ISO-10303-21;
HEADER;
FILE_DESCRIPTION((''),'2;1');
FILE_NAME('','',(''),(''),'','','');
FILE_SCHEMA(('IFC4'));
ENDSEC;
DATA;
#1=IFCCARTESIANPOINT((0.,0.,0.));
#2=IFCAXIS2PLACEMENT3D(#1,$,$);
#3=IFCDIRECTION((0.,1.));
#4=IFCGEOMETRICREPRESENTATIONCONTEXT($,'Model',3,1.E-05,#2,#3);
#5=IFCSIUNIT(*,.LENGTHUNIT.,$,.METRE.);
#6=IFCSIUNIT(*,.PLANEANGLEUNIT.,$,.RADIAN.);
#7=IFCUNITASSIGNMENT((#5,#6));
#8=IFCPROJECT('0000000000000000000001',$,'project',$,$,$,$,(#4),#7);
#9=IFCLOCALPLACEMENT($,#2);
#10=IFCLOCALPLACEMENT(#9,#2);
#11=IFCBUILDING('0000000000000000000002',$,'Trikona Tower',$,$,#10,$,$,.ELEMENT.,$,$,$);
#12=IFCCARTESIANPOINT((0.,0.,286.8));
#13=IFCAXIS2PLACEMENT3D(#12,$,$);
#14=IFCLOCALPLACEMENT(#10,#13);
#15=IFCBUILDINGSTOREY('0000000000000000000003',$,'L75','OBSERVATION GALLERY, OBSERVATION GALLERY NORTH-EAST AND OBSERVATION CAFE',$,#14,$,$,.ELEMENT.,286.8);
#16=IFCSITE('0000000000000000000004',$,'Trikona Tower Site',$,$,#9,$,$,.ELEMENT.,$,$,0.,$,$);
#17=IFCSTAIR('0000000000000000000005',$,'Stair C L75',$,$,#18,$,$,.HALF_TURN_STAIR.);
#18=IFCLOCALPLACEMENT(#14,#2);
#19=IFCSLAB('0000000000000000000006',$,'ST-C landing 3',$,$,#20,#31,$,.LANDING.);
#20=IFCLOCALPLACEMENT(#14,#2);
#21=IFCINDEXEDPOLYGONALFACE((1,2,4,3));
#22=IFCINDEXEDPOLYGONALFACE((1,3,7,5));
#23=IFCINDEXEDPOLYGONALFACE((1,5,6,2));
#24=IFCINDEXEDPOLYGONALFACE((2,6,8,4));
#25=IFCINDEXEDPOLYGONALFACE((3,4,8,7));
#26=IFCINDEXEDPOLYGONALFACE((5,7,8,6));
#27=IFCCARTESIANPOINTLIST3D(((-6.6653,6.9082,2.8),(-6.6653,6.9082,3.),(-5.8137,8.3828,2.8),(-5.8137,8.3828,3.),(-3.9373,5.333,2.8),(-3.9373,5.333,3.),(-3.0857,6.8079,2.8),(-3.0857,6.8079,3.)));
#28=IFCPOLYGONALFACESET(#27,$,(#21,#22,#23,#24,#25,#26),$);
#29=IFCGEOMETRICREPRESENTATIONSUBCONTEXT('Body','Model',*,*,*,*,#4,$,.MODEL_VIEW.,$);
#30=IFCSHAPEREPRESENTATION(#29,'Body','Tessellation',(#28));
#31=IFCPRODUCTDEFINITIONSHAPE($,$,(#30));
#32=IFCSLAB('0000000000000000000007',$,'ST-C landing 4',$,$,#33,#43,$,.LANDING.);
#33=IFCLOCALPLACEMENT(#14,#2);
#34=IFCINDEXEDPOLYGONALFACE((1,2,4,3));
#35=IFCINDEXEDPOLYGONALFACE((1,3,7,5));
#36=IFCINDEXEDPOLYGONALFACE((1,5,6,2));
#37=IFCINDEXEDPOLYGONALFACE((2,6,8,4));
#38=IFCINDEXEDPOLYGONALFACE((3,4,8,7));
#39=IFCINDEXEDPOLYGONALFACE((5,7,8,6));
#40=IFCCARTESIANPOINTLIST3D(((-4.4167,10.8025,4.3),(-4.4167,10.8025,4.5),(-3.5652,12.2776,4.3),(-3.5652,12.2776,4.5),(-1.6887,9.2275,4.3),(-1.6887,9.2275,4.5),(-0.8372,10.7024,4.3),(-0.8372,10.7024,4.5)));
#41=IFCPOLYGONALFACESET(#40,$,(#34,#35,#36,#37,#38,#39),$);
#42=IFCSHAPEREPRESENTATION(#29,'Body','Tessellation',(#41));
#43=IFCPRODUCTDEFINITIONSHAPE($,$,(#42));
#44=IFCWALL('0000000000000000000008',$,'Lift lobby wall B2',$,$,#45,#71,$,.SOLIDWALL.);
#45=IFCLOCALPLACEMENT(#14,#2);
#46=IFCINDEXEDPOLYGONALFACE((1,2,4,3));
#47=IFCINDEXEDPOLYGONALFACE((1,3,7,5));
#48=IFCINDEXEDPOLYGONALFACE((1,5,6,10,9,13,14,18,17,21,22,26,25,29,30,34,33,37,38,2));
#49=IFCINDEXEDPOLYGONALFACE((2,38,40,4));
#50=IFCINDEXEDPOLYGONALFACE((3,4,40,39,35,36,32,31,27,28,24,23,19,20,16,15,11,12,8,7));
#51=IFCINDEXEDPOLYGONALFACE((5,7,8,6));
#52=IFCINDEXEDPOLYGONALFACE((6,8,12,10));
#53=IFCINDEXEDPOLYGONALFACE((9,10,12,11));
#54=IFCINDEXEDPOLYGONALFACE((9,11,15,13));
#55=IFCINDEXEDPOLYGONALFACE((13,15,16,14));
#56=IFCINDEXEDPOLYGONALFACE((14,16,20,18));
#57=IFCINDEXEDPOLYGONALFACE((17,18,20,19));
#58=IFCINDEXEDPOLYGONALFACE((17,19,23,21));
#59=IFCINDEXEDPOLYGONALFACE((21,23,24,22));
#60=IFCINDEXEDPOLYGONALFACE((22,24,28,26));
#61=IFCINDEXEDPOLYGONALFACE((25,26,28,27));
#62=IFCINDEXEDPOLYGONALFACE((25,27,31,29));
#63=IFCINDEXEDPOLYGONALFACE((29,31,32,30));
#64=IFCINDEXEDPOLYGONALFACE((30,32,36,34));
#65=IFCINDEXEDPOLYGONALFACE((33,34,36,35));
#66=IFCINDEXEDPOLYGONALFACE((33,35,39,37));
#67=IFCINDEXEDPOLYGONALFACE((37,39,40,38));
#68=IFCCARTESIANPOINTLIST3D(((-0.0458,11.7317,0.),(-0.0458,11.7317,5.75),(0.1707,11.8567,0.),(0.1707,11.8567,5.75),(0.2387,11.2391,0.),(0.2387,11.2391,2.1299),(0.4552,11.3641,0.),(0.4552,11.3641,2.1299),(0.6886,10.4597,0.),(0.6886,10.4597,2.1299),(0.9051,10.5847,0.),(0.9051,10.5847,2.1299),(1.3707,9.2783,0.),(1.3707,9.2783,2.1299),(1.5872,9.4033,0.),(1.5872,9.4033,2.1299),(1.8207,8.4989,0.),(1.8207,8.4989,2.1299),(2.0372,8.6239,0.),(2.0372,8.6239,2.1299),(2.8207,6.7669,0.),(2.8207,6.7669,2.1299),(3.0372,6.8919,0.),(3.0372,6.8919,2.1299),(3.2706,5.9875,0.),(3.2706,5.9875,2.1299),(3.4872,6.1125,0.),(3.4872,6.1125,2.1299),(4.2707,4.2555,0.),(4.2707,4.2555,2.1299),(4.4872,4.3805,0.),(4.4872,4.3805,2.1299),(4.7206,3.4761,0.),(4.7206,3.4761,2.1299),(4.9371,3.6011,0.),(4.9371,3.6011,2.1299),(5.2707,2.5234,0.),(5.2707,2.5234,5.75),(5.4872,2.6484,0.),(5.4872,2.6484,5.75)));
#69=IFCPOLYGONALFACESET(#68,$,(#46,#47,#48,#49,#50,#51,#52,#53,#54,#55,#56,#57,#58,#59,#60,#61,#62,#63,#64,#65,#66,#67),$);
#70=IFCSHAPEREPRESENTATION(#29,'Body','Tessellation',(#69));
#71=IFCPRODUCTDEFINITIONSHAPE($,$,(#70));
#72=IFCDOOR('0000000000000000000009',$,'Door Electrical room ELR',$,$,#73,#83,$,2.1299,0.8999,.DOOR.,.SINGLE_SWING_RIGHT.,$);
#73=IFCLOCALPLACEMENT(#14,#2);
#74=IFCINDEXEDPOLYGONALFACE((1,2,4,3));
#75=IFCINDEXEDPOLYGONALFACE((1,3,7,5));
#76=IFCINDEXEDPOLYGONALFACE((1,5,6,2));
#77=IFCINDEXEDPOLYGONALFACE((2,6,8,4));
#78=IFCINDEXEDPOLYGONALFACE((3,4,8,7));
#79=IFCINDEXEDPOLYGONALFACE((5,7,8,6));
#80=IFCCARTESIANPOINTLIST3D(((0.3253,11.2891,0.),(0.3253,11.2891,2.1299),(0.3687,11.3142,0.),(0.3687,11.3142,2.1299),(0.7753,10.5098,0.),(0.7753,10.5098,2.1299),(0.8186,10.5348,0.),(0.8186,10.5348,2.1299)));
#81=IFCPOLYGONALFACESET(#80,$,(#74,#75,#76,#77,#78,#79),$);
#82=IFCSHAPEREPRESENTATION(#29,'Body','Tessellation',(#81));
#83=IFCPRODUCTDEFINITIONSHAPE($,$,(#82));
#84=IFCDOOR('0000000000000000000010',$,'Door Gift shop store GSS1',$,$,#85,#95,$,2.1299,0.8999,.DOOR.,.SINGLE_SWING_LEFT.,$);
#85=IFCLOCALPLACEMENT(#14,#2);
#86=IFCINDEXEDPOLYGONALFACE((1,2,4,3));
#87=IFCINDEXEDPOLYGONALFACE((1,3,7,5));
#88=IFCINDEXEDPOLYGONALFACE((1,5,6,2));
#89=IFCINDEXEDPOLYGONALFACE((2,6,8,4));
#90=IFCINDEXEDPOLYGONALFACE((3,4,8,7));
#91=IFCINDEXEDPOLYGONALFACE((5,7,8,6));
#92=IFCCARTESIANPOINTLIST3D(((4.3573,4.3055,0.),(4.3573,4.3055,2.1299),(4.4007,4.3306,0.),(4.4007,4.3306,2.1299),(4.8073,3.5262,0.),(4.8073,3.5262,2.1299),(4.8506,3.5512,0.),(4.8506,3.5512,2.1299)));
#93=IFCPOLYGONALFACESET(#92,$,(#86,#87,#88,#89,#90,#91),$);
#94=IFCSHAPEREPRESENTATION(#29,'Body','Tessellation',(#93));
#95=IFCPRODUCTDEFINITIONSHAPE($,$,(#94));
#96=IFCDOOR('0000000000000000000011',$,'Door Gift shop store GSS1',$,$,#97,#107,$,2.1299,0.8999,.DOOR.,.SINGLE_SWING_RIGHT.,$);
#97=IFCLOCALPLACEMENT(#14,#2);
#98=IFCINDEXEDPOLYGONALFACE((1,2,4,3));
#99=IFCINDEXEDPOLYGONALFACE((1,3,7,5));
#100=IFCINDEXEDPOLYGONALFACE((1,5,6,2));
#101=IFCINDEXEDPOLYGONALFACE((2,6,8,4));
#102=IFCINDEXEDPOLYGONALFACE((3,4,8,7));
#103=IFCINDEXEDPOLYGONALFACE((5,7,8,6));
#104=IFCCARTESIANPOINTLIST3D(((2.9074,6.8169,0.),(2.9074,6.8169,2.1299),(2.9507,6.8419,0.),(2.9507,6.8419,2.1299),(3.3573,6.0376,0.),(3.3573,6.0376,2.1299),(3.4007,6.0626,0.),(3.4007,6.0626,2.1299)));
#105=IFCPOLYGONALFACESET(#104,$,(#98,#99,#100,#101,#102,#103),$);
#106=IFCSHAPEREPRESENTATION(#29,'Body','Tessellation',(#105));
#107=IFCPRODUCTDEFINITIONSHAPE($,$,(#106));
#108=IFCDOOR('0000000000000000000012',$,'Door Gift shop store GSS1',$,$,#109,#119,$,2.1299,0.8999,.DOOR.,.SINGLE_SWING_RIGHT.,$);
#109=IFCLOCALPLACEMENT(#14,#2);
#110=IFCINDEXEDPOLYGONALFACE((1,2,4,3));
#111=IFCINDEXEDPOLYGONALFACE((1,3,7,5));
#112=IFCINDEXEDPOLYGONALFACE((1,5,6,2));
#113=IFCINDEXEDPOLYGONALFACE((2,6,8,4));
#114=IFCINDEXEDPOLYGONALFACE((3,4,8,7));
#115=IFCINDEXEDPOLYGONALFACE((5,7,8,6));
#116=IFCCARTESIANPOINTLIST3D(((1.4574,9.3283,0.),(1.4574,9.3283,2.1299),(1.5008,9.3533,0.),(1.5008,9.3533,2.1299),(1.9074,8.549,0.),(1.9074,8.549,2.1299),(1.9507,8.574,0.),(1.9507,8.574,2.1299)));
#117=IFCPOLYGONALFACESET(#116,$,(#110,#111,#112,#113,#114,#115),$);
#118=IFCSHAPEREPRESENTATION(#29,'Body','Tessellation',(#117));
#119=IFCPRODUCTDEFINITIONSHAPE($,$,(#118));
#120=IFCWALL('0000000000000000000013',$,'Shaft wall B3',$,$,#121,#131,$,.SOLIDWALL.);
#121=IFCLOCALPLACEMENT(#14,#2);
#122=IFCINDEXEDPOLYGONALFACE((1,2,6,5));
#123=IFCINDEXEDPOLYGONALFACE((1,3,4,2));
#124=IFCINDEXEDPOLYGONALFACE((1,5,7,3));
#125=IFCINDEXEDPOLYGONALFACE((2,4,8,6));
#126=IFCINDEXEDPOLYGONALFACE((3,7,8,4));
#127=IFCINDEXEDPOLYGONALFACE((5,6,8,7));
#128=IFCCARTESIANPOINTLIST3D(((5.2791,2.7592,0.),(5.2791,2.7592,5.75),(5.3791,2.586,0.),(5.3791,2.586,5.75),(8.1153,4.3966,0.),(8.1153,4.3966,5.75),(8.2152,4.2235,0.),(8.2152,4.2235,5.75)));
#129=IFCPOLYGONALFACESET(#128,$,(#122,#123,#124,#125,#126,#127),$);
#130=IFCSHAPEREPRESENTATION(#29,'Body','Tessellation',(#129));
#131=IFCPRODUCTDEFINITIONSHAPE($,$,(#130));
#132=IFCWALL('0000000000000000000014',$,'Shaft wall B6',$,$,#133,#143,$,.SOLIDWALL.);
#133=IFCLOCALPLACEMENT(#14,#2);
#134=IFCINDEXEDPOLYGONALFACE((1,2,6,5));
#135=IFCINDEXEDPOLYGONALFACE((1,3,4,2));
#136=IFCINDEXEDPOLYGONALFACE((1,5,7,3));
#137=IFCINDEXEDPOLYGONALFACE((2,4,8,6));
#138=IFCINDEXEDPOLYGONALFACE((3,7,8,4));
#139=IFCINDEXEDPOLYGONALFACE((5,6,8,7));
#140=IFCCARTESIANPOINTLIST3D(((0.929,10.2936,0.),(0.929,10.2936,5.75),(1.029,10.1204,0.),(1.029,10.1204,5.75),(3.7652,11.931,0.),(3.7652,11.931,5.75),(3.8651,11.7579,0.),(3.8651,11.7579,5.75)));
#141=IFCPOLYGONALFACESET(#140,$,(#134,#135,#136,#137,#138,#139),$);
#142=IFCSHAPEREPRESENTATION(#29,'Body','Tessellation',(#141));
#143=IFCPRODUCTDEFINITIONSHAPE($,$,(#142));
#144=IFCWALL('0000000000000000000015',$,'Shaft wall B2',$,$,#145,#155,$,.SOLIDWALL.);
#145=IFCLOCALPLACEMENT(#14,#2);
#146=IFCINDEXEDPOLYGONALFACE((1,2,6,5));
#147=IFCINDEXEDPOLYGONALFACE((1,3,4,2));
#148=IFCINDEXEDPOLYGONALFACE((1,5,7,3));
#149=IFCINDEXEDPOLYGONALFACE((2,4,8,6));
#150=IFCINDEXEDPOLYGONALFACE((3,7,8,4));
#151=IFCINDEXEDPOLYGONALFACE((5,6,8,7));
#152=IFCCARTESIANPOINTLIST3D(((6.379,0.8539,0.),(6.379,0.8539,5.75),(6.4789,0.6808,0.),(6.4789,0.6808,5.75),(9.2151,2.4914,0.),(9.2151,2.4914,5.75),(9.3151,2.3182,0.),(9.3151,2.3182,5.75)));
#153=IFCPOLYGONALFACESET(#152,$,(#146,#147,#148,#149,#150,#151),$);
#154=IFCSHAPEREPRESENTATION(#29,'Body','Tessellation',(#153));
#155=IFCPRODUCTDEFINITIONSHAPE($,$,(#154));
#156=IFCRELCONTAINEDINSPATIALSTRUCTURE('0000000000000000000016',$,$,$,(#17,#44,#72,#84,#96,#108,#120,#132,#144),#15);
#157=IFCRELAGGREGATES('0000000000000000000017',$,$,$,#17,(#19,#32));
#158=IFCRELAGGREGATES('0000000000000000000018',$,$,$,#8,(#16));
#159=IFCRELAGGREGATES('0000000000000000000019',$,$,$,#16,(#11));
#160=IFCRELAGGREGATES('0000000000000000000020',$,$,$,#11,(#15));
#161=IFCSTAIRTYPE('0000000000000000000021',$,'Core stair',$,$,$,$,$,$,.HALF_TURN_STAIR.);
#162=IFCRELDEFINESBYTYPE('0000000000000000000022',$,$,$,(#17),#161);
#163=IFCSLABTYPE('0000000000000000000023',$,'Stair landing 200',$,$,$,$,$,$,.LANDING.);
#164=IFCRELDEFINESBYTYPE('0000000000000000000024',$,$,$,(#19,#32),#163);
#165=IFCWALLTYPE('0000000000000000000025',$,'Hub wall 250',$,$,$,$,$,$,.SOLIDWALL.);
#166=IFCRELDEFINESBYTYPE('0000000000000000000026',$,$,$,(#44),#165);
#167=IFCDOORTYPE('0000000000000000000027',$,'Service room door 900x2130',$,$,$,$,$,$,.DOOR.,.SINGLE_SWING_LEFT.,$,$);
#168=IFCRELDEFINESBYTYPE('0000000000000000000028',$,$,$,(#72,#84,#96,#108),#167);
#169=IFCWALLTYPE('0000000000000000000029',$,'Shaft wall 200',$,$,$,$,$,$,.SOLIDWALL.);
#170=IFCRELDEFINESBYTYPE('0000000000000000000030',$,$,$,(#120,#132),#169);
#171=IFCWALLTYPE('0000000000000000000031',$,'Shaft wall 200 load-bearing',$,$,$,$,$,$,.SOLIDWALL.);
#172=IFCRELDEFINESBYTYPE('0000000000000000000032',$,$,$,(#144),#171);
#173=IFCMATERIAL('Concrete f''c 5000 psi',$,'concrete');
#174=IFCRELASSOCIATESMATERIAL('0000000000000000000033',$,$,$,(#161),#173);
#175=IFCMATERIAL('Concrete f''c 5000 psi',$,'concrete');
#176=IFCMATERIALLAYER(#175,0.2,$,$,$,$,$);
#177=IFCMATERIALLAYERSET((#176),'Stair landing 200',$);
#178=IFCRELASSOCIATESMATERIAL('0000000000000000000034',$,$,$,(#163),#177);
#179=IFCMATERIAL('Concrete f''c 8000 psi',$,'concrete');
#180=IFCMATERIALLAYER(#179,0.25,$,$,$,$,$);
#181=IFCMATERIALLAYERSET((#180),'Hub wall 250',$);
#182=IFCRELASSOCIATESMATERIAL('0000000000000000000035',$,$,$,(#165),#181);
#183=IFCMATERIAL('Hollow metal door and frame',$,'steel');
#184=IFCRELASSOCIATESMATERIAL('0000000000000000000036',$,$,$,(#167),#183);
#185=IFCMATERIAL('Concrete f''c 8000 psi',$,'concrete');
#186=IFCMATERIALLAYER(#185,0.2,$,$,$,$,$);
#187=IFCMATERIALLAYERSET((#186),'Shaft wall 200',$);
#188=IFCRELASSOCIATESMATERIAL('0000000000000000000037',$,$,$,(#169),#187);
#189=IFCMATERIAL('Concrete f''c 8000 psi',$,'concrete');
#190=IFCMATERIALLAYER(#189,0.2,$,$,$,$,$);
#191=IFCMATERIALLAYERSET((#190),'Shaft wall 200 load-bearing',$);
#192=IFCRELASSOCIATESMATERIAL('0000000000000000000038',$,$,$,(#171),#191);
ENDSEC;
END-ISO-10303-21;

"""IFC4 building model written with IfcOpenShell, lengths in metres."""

from ifc_helpers import new_model, si_unit, direction, frame, frame_2d, origin, place, context, subcontext, project, spatial, polyline, rectangle, outline, extrude, material, layer, layer_set, type_object, element, fill, aggregate, save


model = new_model("IFC4")

# Units and contexts
model_context = context("Model", 3, precision=1e-05, world=origin(), true_north=direction((0.0, 1.0)))
body_context = subcontext(model_context, "Body", "Model", "MODEL_VIEW")
ifc_project = project(units=[si_unit("LENGTHUNIT", "METRE"), si_unit("PLANEANGLEUNIT", "RADIAN")], contexts=[model_context])

# Site, building, storey
site_placement = place(None, origin())
site = spatial("IfcSite", under=ifc_project, at=site_placement, Name="Trikona Tower Site", CompositionType="ELEMENT", RefElevation=0.0)
building_placement = place(site_placement, origin())
building = spatial("IfcBuilding", under=site, at=building_placement, Name="Trikona Tower", CompositionType="ELEMENT")
storey_placement = place(building_placement, frame((0.0, 0.0, 286.8)))
storey = spatial("IfcBuildingStorey", under=building, at=storey_placement, Name="L75", Description="OBSERVATION GALLERY, OBSERVATION GALLERY NORTH-EAST AND OBSERVATION CAFE", CompositionType="ELEMENT", Elevation=286.8)

# Stair, slabs
ifc_material_1 = material(Name="Concrete f'c 5000 psi", Category="concrete")
stair_type = type_object("IfcStairType", Name="Core stair", PredefinedType="HALF_TURN_STAIR", material=ifc_material_1)
ifc_material_2 = material(Name="Concrete f'c 5000 psi", Category="concrete")
ifc_layer_1 = layer(ifc_material_2, 0.2)
ifc_layer_set_1 = layer_set([ifc_layer_1], Name="Stair landing 200")
slab_type_1 = type_object("IfcSlabType", Name="Stair landing 200", PredefinedType="LANDING", material=ifc_layer_set_1)
stair_1_placement = place(storey_placement, origin())
stair_1 = element("IfcStair", 1, at=stair_1_placement, inside=storey, type_object=stair_type, Name="Stair C L75", PredefinedType="HALF_TURN_STAIR")
slab_1_placement = place(storey_placement, frame((0.0, 0.0, 2.8)))
slab_1 = element("IfcSlab", 2, at=slab_1_placement, type_object=slab_type_1, Name="ST-C landing 3", PredefinedType="LANDING", context=body_context, shape_type="SweptSolid", body=[
    extrude(outline(polyline([(-3.0857, 6.8079), (-3.9373, 5.333), (-6.6653, 6.9082), (-5.8137, 8.3828), (-3.0857, 6.8079)])), origin(), (0.0, 0.0, 1.0), 0.2),
])
slab_2_placement = place(storey_placement, frame((0.0, 0.0, 4.3)))
slab_2 = element("IfcSlab", 3, at=slab_2_placement, type_object=slab_type_1, Name="ST-C landing 4", PredefinedType="LANDING", context=body_context, shape_type="SweptSolid", body=[
    extrude(outline(polyline([(-0.8372, 10.7024), (-1.6887, 9.2275), (-4.4167, 10.8025), (-3.5652, 12.2776), (-0.8372, 10.7024)])), origin(), (0.0, 0.0, 1.0), 0.2),
])
aggregate(stair_1, [slab_1, slab_2])

# Wall, openings, doors
ifc_material_3 = material(Name="Concrete f'c 8000 psi", Category="concrete")
ifc_layer_2 = layer(ifc_material_3, 0.25)
ifc_layer_set_2 = layer_set([ifc_layer_2], Name="Hub wall 250")
wall_type_1 = type_object("IfcWallType", Name="Hub wall 250", PredefinedType="SOLIDWALL", material=ifc_layer_set_2)
wall_1_placement = place(storey_placement, frame((5.3789, 2.5859, 0.0), z_axis=(0.0, 0.0, 1.0), x_axis=(-0.500001, 0.866025, 0.0)))
wall_1 = element("IfcWall", 4, at=wall_1_placement, inside=storey, type_object=wall_type_1, Name="Lift lobby wall B2", PredefinedType="SOLIDWALL", context=body_context, shape_type="SweptSolid", body=[
    extrude(rectangle(XDim=10.6328, YDim=0.25, at=frame_2d((5.3164, 0.0))), origin(), (0.0, 0.0, 1.0), 5.75),
])
opening_1_placement = place(wall_1_placement, frame((9.1641, 0.0, 0.0)))
opening_1 = element("IfcOpeningElement", 5, at=opening_1_placement, cuts=wall_1, PredefinedType="OPENING", context=body_context, shape_type="SweptSolid", body=[
    extrude(rectangle(XDim=0.8999, YDim=2.1299, at=frame_2d((0.45, 1.0649))), frame((0.0, 0.135, 0.0), z_axis=(0.0, -1.0, 0.0), x_axis=(1.0, 0.0, 0.0)), (0.0, 0.0, 1.0), 0.27),
])
opening_2_placement = place(wall_1_placement, frame((1.1001, 0.0, 0.0)))
opening_2 = element("IfcOpeningElement", 6, at=opening_2_placement, cuts=wall_1, PredefinedType="OPENING", context=body_context, shape_type="SweptSolid", body=[
    extrude(rectangle(XDim=0.8999, YDim=2.1299, at=frame_2d((0.45, 1.0649))), frame((0.0, 0.135, 0.0), z_axis=(0.0, -1.0, 0.0), x_axis=(1.0, 0.0, 0.0)), (0.0, 0.0, 1.0), 0.27),
])
opening_3_placement = place(wall_1_placement, frame((4.0, 0.0, 0.0)))
opening_3 = element("IfcOpeningElement", 7, at=opening_3_placement, cuts=wall_1, PredefinedType="OPENING", context=body_context, shape_type="SweptSolid", body=[
    extrude(rectangle(XDim=0.8999, YDim=2.1299, at=frame_2d((0.45, 1.0649))), frame((0.0, 0.135, 0.0), z_axis=(0.0, -1.0, 0.0), x_axis=(1.0, 0.0, 0.0)), (0.0, 0.0, 1.0), 0.27),
])
opening_4_placement = place(wall_1_placement, frame((6.8999, 0.0, 0.0)))
opening_4 = element("IfcOpeningElement", 8, at=opening_4_placement, cuts=wall_1, PredefinedType="OPENING", context=body_context, shape_type="SweptSolid", body=[
    extrude(rectangle(XDim=0.8999, YDim=2.1299, at=frame_2d((0.45, 1.0649))), frame((0.0, 0.135, 0.0), z_axis=(0.0, -1.0, 0.0), x_axis=(1.0, 0.0, 0.0)), (0.0, 0.0, 1.0), 0.27),
])
ifc_material_4 = material(Name="Hollow metal door and frame", Category="steel")
door_type = type_object("IfcDoorType", Name="Service room door 900x2130", OperationType="SINGLE_SWING_LEFT", PredefinedType="DOOR", material=ifc_material_4)
door_1_placement = place(opening_1_placement, origin())
door_1 = element("IfcDoor", 9, at=door_1_placement, inside=storey, type_object=door_type, Name="Door Electrical room ELR", OperationType="SINGLE_SWING_RIGHT", OverallHeight=2.1299, OverallWidth=0.8999, PredefinedType="DOOR", context=body_context, shape_type="SweptSolid", body=[
    extrude(rectangle(XDim=0.8999, YDim=2.1299, at=frame_2d((0.45, 1.0649))), frame((0.0, 0.0249, 0.0), z_axis=(0.0, -1.0, 0.0), x_axis=(1.0, 0.0, 0.0)), (0.0, 0.0, 1.0), 0.05),
])
fill(opening_1, door_1)
door_2_placement = place(opening_2_placement, origin())
door_2 = element("IfcDoor", 10, at=door_2_placement, inside=storey, type_object=door_type, Name="Door Gift shop store GSS1", OperationType="SINGLE_SWING_LEFT", OverallHeight=2.1299, OverallWidth=0.8999, PredefinedType="DOOR", context=body_context, shape_type="SweptSolid", body=[
    extrude(rectangle(XDim=0.8999, YDim=2.1299, at=frame_2d((0.45, 1.0649))), frame((0.0, 0.0249, 0.0), z_axis=(0.0, -1.0, 0.0), x_axis=(1.0, 0.0, 0.0)), (0.0, 0.0, 1.0), 0.05),
])
fill(opening_2, door_2)
door_3_placement = place(opening_3_placement, origin())
door_3 = element("IfcDoor", 11, at=door_3_placement, inside=storey, type_object=door_type, Name="Door Gift shop store GSS1", OperationType="SINGLE_SWING_RIGHT", OverallHeight=2.1299, OverallWidth=0.8999, PredefinedType="DOOR", context=body_context, shape_type="SweptSolid", body=[
    extrude(rectangle(XDim=0.8999, YDim=2.1299, at=frame_2d((0.45, 1.0649))), frame((0.0, 0.0249, 0.0), z_axis=(0.0, -1.0, 0.0), x_axis=(1.0, 0.0, 0.0)), (0.0, 0.0, 1.0), 0.05),
])
fill(opening_3, door_3)
door_4_placement = place(opening_4_placement, origin())
door_4 = element("IfcDoor", 12, at=door_4_placement, inside=storey, type_object=door_type, Name="Door Gift shop store GSS1", OperationType="SINGLE_SWING_RIGHT", OverallHeight=2.1299, OverallWidth=0.8999, PredefinedType="DOOR", context=body_context, shape_type="SweptSolid", body=[
    extrude(rectangle(XDim=0.8999, YDim=2.1299, at=frame_2d((0.45, 1.0649))), frame((0.0, 0.0249, 0.0), z_axis=(0.0, -1.0, 0.0), x_axis=(1.0, 0.0, 0.0)), (0.0, 0.0, 1.0), 0.05),
])
fill(opening_4, door_4)

# Walls
ifc_material_5 = material(Name="Concrete f'c 8000 psi", Category="concrete")
ifc_layer_3 = layer(ifc_material_5, 0.2)
ifc_layer_set_3 = layer_set([ifc_layer_3], Name="Shaft wall 200")
wall_type_2 = type_object("IfcWallType", Name="Shaft wall 200", PredefinedType="SOLIDWALL", material=ifc_layer_set_3)
for number, where, z_axis, x_axis, name in (
    (13, (5.3291, 2.6726, 0.0), (0.0, 0.0, 1.0), (0.866028, 0.499996, 0.0), "Shaft wall B3"),
    (14, (0.979, 10.207, 0.0), (0.0, 0.0, 1.0), (0.866028, 0.499996, 0.0), "Shaft wall B6"),
):
    element("IfcWall", number, at=place(storey_placement, frame(where, z_axis=z_axis, x_axis=x_axis)), inside=storey, type_object=wall_type_2, Name=name, PredefinedType="SOLIDWALL", context=body_context, shape_type="SweptSolid", body=[
        extrude(rectangle(XDim=3.2749, YDim=0.2, at=frame_2d((1.6375, 0.0))), origin(), (0.0, 0.0, 1.0), 5.75),
    ])
ifc_material_6 = material(Name="Concrete f'c 8000 psi", Category="concrete")
ifc_layer_4 = layer(ifc_material_6, 0.2)
ifc_layer_set_4 = layer_set([ifc_layer_4], Name="Shaft wall 200 load-bearing")
wall_type_3 = type_object("IfcWallType", Name="Shaft wall 200 load-bearing", PredefinedType="SOLIDWALL", material=ifc_layer_set_4)
wall_2_placement = place(storey_placement, frame((6.429, 0.7673, 0.0), z_axis=(0.0, 0.0, 1.0), x_axis=(0.866028, 0.499996, 0.0)))
element("IfcWall", 15, at=wall_2_placement, inside=storey, type_object=wall_type_3, Name="Shaft wall B2", PredefinedType="SOLIDWALL", context=body_context, shape_type="SweptSolid", body=[
    extrude(rectangle(XDim=3.2749, YDim=0.2, at=frame_2d((1.6375, 0.0))), origin(), (0.0, 0.0, 1.0), 5.75),
])

save(model, "model.ifc")
